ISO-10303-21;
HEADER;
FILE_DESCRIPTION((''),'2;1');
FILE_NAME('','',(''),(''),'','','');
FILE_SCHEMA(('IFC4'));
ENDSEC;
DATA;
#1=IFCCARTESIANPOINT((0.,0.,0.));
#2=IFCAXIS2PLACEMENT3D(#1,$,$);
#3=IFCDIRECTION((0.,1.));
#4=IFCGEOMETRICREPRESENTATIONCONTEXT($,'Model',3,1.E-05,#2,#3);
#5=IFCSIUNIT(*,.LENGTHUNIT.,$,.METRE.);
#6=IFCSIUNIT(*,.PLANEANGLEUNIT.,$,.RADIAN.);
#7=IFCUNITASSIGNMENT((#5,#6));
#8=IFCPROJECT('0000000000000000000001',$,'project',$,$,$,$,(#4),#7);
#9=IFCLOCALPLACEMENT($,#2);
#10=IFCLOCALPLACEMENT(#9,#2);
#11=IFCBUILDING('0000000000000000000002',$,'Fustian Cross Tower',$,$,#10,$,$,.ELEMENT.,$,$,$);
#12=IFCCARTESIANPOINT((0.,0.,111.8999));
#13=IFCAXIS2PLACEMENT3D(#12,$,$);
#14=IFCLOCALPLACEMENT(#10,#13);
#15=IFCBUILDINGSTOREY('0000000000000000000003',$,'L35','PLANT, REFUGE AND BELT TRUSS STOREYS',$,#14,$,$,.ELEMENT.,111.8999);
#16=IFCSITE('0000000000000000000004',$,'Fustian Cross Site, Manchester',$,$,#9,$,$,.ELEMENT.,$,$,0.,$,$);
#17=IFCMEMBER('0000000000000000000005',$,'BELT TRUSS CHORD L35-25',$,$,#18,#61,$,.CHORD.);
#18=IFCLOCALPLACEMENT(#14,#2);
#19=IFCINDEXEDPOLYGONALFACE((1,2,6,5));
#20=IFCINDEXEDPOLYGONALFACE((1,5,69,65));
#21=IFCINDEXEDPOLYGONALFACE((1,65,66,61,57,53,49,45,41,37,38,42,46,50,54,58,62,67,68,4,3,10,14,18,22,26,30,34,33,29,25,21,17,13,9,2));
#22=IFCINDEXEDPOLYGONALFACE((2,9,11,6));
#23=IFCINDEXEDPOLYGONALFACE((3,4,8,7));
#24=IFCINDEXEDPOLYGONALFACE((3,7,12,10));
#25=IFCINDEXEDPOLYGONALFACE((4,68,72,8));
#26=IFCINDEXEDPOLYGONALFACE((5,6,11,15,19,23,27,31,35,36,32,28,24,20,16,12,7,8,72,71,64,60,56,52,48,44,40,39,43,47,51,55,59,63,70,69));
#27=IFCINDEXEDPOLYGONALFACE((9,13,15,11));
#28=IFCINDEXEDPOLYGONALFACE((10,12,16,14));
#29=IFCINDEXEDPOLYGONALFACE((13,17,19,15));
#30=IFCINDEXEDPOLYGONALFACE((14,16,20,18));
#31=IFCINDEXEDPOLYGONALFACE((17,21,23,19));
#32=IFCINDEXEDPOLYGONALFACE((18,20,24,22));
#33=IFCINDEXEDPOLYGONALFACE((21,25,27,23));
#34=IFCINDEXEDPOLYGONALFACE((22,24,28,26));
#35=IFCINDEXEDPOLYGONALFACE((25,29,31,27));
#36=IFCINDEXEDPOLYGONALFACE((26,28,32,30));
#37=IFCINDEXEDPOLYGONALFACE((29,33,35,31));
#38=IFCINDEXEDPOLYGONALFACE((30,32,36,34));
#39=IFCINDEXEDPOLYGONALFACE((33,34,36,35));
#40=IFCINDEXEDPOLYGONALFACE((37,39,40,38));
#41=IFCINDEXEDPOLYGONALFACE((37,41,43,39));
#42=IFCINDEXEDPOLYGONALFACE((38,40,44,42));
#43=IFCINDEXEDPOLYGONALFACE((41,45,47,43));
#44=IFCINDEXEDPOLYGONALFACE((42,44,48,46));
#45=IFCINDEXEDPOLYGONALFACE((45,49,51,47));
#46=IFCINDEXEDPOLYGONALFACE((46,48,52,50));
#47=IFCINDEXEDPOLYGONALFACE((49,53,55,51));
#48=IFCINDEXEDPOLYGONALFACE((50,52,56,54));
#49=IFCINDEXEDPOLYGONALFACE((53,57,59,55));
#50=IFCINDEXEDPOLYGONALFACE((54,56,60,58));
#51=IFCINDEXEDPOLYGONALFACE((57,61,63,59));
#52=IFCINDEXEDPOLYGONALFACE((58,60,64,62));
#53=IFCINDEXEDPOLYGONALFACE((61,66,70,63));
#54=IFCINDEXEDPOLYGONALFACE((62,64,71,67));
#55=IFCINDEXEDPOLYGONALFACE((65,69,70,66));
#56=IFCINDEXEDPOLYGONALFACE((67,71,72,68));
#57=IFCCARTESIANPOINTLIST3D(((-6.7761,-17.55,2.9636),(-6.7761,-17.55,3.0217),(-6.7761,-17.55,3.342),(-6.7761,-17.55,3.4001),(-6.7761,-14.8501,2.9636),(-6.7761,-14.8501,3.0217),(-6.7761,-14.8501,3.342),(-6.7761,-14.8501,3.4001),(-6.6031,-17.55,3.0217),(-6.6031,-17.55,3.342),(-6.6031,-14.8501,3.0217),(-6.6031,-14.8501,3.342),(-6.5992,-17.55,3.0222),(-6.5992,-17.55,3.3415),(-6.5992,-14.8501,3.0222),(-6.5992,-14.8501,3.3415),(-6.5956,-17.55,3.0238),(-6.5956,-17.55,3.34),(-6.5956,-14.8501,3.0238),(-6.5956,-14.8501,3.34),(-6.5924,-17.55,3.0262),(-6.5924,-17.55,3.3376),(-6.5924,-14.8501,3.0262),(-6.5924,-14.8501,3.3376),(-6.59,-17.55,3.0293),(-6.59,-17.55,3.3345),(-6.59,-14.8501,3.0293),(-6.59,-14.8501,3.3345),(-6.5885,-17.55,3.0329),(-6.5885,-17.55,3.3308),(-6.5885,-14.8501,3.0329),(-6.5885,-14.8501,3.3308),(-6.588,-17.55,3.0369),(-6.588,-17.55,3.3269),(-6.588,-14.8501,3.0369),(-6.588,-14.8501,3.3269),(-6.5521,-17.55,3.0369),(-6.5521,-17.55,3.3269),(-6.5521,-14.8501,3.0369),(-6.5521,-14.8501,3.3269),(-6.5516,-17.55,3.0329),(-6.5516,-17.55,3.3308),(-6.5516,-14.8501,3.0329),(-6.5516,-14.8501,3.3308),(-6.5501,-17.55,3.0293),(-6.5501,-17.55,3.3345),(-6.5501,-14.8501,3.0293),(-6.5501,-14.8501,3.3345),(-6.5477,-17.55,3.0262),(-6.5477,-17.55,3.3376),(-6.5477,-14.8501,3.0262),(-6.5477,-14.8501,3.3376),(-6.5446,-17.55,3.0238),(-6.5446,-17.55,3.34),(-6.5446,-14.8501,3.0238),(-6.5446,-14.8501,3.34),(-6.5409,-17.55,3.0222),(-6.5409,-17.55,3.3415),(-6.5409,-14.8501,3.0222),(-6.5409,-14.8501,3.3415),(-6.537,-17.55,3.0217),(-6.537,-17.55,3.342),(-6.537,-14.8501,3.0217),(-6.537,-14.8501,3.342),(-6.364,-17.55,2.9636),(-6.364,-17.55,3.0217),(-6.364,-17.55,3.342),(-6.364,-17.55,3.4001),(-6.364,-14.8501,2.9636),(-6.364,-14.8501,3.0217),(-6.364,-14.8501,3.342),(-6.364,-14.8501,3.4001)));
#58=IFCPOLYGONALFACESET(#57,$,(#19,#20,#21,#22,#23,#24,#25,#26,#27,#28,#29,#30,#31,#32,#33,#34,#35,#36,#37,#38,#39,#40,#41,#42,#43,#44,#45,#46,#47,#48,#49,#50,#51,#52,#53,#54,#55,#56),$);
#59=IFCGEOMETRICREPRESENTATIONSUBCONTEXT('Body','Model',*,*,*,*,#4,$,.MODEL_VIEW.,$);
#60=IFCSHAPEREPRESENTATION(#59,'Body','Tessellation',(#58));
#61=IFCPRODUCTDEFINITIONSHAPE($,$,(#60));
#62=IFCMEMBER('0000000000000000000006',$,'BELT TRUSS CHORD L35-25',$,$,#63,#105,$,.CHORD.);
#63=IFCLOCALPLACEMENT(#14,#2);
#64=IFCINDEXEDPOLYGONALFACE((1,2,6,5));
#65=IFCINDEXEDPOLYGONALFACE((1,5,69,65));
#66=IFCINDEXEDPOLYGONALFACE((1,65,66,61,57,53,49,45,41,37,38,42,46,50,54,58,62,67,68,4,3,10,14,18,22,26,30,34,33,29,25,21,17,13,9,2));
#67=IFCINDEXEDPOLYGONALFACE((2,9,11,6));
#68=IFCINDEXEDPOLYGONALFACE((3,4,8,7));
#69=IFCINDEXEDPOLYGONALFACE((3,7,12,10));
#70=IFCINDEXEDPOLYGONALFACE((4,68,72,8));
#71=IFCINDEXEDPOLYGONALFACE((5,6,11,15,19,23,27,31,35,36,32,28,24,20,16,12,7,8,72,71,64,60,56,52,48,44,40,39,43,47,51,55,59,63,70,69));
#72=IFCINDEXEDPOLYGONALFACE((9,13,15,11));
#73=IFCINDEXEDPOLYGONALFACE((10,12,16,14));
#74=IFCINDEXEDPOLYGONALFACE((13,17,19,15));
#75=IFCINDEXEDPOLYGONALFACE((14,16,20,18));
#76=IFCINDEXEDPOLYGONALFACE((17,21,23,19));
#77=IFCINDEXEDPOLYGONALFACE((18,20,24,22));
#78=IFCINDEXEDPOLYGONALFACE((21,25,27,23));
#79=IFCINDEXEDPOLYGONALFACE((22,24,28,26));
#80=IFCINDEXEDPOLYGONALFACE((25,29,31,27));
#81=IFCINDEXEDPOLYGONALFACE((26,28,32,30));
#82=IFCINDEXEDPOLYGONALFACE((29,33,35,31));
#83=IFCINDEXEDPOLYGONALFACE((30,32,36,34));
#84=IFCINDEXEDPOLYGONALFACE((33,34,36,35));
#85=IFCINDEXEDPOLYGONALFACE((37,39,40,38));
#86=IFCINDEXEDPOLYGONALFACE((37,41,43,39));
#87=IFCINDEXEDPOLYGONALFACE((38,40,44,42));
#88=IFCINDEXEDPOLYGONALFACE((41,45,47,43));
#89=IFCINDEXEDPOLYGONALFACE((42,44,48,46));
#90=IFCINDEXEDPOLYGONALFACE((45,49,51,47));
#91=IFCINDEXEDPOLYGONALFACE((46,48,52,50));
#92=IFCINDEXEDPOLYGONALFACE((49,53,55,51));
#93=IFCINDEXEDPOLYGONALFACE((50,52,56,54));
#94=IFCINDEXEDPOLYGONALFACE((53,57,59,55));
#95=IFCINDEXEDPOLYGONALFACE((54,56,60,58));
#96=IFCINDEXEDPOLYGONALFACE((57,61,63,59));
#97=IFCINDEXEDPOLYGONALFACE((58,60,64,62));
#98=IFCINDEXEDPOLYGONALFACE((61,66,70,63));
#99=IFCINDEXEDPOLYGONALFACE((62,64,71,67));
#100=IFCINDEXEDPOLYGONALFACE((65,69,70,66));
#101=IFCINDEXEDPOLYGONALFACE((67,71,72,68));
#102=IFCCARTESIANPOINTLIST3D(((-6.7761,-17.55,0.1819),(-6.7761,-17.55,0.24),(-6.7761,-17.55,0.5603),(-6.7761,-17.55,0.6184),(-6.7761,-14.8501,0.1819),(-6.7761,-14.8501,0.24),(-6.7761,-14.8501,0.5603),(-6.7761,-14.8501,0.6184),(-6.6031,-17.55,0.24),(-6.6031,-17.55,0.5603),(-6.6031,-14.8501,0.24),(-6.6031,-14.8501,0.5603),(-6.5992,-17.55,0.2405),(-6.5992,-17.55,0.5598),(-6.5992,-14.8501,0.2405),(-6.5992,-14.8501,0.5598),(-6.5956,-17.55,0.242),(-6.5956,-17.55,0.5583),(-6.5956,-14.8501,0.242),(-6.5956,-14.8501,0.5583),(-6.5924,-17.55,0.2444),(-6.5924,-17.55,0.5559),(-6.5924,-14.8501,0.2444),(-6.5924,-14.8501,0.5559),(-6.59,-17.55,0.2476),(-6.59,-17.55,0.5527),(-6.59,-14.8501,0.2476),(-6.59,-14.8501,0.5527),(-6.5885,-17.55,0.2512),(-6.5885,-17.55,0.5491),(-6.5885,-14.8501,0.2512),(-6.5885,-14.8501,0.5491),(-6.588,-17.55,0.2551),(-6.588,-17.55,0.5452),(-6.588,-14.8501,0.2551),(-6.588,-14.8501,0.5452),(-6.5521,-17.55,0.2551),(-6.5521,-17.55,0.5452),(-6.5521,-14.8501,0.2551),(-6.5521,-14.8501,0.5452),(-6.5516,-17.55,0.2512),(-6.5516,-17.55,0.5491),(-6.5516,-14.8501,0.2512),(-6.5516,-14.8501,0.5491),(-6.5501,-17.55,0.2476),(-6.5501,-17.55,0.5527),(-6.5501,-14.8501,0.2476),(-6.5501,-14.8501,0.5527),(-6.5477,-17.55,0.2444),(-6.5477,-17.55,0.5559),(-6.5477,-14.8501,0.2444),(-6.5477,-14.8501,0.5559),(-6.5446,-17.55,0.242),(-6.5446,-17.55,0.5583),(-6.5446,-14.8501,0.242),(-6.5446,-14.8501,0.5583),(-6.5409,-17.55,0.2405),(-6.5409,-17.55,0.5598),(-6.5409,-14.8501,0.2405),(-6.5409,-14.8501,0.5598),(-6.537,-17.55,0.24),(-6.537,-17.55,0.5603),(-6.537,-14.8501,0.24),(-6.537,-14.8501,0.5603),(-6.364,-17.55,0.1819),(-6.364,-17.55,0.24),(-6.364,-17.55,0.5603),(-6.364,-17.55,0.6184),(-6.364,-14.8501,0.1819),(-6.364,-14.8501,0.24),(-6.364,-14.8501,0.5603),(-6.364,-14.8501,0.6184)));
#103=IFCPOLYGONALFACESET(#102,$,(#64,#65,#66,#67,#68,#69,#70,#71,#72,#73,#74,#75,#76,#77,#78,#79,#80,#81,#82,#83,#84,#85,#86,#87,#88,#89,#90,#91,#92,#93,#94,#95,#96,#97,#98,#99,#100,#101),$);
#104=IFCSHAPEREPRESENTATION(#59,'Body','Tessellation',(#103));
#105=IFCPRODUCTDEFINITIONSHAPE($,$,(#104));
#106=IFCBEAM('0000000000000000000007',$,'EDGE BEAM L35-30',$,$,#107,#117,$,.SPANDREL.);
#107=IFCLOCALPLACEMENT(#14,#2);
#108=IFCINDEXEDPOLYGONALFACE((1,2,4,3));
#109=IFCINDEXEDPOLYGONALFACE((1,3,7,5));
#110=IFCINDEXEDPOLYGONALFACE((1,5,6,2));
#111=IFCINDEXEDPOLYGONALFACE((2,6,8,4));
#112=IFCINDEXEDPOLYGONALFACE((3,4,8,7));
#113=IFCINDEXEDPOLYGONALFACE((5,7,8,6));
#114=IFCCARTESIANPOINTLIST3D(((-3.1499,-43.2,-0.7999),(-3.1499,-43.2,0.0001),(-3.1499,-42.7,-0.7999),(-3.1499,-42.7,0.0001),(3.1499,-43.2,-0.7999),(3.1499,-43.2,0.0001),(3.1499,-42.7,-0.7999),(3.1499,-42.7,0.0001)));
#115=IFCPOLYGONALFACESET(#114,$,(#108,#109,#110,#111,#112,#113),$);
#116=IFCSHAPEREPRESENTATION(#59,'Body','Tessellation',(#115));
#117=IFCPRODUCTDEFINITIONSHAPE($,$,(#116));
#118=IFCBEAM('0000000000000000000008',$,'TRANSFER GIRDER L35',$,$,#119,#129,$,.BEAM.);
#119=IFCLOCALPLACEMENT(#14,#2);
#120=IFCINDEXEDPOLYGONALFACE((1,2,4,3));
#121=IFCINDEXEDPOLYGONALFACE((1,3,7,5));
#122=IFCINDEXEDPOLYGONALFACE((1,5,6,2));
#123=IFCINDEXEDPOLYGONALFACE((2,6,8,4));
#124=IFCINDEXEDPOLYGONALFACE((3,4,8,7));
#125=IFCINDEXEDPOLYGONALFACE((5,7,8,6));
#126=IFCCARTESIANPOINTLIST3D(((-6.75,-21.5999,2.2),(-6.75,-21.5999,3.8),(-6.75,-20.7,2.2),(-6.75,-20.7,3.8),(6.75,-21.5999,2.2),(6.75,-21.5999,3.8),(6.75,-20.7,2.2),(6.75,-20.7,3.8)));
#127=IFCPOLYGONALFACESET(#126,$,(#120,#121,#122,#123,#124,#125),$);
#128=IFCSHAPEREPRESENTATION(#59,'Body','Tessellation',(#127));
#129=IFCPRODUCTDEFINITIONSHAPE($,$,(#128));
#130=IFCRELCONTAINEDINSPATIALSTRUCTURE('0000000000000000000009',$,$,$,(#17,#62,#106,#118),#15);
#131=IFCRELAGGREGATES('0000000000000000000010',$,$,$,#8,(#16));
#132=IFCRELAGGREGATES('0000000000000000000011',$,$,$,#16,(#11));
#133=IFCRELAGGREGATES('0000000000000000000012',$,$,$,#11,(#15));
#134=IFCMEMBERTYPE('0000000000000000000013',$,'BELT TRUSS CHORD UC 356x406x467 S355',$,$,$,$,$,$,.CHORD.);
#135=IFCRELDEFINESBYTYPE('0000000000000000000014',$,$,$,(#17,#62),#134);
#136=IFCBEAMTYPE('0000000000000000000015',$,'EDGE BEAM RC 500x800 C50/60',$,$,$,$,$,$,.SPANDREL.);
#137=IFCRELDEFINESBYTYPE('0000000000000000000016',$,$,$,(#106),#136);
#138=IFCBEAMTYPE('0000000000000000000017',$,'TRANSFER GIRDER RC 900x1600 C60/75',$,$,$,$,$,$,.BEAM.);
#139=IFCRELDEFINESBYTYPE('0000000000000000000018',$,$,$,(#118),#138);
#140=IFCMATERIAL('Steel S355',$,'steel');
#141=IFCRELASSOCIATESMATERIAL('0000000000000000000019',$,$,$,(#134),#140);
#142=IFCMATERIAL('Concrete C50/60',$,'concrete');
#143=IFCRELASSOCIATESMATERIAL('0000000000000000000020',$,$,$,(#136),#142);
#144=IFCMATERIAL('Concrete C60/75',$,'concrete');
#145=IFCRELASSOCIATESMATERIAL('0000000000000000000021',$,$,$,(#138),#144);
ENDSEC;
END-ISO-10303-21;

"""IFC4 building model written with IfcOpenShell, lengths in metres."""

from ifc_helpers import new_model, si_unit, direction, frame, origin, origin_2d, place, context, subcontext, project, spatial, rectangle, i_section, extrude, material, material_profile, profile_set, type_object, element, save


model = new_model("IFC4")

# Units and contexts
model_context = context("Model", 3, precision=1e-05, world=origin(), true_north=direction((0.0, 1.0)))
body_context = subcontext(model_context, "Body", "Model", "MODEL_VIEW")
ifc_project = project(units=[si_unit("LENGTHUNIT", "METRE"), si_unit("PLANEANGLEUNIT", "RADIAN")], contexts=[model_context])

# Site, building, storey
site_placement = place(None, origin())
site = spatial("IfcSite", under=ifc_project, at=site_placement, Name="Fustian Cross Site, Manchester", CompositionType="ELEMENT", RefElevation=0.0)
building_placement = place(site_placement, origin())
building = spatial("IfcBuilding", under=site, at=building_placement, Name="Fustian Cross Tower", CompositionType="ELEMENT")
storey_placement = place(building_placement, frame((0.0, 0.0, 111.8999)))
storey = spatial("IfcBuildingStorey", under=building, at=storey_placement, Name="L35", Description="PLANT, REFUGE AND BELT TRUSS STOREYS", CompositionType="ELEMENT", Elevation=111.8999)

# Members
ifc_material_1 = material(Name="Steel S355", Category="steel")
ifc_material_profile_1 = material_profile(ifc_material_1, i_section(OverallWidth=0.4121, OverallDepth=0.4365, WebThickness=0.0359, FlangeThickness=0.0581, FilletRadius=0.0151, at=origin_2d()), Name="UC 356x406x467")
ifc_profile_set_1 = profile_set([ifc_material_profile_1], Name="Steel S355")
member_type_1 = type_object("IfcMemberType", Name="BELT TRUSS CHORD UC 356x406x467 S355", PredefinedType="CHORD", material=ifc_profile_set_1)
for number, where, z_axis, x_axis, name in (
    (1, (-6.5701, -14.8501, 3.1819), (0.0, -1.0, 0.0), (1.0, 0.0, 0.0), "BELT TRUSS CHORD L35-25"),
    (2, (-6.5701, -14.8501, 0.4001), (0.0, -1.0, 0.0), (1.0, 0.0, 0.0), "BELT TRUSS CHORD L35-25"),
):
    element("IfcMember", number, at=place(storey_placement, frame(where, z_axis=z_axis, x_axis=x_axis)), inside=storey, type_object=member_type_1, Name=name, PredefinedType="CHORD", context=body_context, shape_type="SweptSolid", body=[
        extrude(i_section(OverallWidth=0.4121, OverallDepth=0.4365, WebThickness=0.0359, FlangeThickness=0.0581, FilletRadius=0.0151, at=origin_2d()), origin(), (0.0, 0.0, 1.0), 2.7),
    ])

# Beams
ifc_material_2 = material(Name="Concrete C50/60", Category="concrete")
ifc_material_profile_2 = material_profile(ifc_material_2, rectangle(XDim=0.5, YDim=0.8, at=origin_2d()), Name="RC 500x800")
ifc_profile_set_2 = profile_set([ifc_material_profile_2], Name="Concrete C50/60")
beam_type_1 = type_object("IfcBeamType", Name="EDGE BEAM RC 500x800 C50/60", PredefinedType="SPANDREL", material=ifc_profile_set_2)
beam_1_placement = place(storey_placement, frame((-3.1499, -42.95, -0.3999), z_axis=(1.0, 0.0, 0.0), x_axis=(0.0, 1.0, 0.0)))
element("IfcBeam", 3, at=beam_1_placement, inside=storey, type_object=beam_type_1, Name="EDGE BEAM L35-30", PredefinedType="SPANDREL", context=body_context, shape_type="SweptSolid", body=[
    extrude(rectangle(XDim=0.5, YDim=0.8, at=origin_2d()), origin(), (0.0, 0.0, 1.0), 6.2998),
])
ifc_material_3 = material(Name="Concrete C60/75", Category="concrete")
ifc_material_profile_3 = material_profile(ifc_material_3, rectangle(XDim=0.8999, YDim=1.6001, at=origin_2d()), Name="RC 900x1600")
ifc_profile_set_3 = profile_set([ifc_material_profile_3], Name="Concrete C60/75")
beam_type_2 = type_object("IfcBeamType", Name="TRANSFER GIRDER RC 900x1600 C60/75", PredefinedType="BEAM", material=ifc_profile_set_3)
beam_2_placement = place(storey_placement, frame((-6.75, -21.1499, 3.0), z_axis=(1.0, 0.0, 0.0), x_axis=(0.0, 1.0, 0.0)))
element("IfcBeam", 4, at=beam_2_placement, inside=storey, type_object=beam_type_2, Name="TRANSFER GIRDER L35", PredefinedType="BEAM", context=body_context, shape_type="SweptSolid", body=[
    extrude(rectangle(XDim=0.8999, YDim=1.6001, at=origin_2d()), origin(), (0.0, 0.0, 1.0), 13.5),
])

save(model, "model.ifc")
